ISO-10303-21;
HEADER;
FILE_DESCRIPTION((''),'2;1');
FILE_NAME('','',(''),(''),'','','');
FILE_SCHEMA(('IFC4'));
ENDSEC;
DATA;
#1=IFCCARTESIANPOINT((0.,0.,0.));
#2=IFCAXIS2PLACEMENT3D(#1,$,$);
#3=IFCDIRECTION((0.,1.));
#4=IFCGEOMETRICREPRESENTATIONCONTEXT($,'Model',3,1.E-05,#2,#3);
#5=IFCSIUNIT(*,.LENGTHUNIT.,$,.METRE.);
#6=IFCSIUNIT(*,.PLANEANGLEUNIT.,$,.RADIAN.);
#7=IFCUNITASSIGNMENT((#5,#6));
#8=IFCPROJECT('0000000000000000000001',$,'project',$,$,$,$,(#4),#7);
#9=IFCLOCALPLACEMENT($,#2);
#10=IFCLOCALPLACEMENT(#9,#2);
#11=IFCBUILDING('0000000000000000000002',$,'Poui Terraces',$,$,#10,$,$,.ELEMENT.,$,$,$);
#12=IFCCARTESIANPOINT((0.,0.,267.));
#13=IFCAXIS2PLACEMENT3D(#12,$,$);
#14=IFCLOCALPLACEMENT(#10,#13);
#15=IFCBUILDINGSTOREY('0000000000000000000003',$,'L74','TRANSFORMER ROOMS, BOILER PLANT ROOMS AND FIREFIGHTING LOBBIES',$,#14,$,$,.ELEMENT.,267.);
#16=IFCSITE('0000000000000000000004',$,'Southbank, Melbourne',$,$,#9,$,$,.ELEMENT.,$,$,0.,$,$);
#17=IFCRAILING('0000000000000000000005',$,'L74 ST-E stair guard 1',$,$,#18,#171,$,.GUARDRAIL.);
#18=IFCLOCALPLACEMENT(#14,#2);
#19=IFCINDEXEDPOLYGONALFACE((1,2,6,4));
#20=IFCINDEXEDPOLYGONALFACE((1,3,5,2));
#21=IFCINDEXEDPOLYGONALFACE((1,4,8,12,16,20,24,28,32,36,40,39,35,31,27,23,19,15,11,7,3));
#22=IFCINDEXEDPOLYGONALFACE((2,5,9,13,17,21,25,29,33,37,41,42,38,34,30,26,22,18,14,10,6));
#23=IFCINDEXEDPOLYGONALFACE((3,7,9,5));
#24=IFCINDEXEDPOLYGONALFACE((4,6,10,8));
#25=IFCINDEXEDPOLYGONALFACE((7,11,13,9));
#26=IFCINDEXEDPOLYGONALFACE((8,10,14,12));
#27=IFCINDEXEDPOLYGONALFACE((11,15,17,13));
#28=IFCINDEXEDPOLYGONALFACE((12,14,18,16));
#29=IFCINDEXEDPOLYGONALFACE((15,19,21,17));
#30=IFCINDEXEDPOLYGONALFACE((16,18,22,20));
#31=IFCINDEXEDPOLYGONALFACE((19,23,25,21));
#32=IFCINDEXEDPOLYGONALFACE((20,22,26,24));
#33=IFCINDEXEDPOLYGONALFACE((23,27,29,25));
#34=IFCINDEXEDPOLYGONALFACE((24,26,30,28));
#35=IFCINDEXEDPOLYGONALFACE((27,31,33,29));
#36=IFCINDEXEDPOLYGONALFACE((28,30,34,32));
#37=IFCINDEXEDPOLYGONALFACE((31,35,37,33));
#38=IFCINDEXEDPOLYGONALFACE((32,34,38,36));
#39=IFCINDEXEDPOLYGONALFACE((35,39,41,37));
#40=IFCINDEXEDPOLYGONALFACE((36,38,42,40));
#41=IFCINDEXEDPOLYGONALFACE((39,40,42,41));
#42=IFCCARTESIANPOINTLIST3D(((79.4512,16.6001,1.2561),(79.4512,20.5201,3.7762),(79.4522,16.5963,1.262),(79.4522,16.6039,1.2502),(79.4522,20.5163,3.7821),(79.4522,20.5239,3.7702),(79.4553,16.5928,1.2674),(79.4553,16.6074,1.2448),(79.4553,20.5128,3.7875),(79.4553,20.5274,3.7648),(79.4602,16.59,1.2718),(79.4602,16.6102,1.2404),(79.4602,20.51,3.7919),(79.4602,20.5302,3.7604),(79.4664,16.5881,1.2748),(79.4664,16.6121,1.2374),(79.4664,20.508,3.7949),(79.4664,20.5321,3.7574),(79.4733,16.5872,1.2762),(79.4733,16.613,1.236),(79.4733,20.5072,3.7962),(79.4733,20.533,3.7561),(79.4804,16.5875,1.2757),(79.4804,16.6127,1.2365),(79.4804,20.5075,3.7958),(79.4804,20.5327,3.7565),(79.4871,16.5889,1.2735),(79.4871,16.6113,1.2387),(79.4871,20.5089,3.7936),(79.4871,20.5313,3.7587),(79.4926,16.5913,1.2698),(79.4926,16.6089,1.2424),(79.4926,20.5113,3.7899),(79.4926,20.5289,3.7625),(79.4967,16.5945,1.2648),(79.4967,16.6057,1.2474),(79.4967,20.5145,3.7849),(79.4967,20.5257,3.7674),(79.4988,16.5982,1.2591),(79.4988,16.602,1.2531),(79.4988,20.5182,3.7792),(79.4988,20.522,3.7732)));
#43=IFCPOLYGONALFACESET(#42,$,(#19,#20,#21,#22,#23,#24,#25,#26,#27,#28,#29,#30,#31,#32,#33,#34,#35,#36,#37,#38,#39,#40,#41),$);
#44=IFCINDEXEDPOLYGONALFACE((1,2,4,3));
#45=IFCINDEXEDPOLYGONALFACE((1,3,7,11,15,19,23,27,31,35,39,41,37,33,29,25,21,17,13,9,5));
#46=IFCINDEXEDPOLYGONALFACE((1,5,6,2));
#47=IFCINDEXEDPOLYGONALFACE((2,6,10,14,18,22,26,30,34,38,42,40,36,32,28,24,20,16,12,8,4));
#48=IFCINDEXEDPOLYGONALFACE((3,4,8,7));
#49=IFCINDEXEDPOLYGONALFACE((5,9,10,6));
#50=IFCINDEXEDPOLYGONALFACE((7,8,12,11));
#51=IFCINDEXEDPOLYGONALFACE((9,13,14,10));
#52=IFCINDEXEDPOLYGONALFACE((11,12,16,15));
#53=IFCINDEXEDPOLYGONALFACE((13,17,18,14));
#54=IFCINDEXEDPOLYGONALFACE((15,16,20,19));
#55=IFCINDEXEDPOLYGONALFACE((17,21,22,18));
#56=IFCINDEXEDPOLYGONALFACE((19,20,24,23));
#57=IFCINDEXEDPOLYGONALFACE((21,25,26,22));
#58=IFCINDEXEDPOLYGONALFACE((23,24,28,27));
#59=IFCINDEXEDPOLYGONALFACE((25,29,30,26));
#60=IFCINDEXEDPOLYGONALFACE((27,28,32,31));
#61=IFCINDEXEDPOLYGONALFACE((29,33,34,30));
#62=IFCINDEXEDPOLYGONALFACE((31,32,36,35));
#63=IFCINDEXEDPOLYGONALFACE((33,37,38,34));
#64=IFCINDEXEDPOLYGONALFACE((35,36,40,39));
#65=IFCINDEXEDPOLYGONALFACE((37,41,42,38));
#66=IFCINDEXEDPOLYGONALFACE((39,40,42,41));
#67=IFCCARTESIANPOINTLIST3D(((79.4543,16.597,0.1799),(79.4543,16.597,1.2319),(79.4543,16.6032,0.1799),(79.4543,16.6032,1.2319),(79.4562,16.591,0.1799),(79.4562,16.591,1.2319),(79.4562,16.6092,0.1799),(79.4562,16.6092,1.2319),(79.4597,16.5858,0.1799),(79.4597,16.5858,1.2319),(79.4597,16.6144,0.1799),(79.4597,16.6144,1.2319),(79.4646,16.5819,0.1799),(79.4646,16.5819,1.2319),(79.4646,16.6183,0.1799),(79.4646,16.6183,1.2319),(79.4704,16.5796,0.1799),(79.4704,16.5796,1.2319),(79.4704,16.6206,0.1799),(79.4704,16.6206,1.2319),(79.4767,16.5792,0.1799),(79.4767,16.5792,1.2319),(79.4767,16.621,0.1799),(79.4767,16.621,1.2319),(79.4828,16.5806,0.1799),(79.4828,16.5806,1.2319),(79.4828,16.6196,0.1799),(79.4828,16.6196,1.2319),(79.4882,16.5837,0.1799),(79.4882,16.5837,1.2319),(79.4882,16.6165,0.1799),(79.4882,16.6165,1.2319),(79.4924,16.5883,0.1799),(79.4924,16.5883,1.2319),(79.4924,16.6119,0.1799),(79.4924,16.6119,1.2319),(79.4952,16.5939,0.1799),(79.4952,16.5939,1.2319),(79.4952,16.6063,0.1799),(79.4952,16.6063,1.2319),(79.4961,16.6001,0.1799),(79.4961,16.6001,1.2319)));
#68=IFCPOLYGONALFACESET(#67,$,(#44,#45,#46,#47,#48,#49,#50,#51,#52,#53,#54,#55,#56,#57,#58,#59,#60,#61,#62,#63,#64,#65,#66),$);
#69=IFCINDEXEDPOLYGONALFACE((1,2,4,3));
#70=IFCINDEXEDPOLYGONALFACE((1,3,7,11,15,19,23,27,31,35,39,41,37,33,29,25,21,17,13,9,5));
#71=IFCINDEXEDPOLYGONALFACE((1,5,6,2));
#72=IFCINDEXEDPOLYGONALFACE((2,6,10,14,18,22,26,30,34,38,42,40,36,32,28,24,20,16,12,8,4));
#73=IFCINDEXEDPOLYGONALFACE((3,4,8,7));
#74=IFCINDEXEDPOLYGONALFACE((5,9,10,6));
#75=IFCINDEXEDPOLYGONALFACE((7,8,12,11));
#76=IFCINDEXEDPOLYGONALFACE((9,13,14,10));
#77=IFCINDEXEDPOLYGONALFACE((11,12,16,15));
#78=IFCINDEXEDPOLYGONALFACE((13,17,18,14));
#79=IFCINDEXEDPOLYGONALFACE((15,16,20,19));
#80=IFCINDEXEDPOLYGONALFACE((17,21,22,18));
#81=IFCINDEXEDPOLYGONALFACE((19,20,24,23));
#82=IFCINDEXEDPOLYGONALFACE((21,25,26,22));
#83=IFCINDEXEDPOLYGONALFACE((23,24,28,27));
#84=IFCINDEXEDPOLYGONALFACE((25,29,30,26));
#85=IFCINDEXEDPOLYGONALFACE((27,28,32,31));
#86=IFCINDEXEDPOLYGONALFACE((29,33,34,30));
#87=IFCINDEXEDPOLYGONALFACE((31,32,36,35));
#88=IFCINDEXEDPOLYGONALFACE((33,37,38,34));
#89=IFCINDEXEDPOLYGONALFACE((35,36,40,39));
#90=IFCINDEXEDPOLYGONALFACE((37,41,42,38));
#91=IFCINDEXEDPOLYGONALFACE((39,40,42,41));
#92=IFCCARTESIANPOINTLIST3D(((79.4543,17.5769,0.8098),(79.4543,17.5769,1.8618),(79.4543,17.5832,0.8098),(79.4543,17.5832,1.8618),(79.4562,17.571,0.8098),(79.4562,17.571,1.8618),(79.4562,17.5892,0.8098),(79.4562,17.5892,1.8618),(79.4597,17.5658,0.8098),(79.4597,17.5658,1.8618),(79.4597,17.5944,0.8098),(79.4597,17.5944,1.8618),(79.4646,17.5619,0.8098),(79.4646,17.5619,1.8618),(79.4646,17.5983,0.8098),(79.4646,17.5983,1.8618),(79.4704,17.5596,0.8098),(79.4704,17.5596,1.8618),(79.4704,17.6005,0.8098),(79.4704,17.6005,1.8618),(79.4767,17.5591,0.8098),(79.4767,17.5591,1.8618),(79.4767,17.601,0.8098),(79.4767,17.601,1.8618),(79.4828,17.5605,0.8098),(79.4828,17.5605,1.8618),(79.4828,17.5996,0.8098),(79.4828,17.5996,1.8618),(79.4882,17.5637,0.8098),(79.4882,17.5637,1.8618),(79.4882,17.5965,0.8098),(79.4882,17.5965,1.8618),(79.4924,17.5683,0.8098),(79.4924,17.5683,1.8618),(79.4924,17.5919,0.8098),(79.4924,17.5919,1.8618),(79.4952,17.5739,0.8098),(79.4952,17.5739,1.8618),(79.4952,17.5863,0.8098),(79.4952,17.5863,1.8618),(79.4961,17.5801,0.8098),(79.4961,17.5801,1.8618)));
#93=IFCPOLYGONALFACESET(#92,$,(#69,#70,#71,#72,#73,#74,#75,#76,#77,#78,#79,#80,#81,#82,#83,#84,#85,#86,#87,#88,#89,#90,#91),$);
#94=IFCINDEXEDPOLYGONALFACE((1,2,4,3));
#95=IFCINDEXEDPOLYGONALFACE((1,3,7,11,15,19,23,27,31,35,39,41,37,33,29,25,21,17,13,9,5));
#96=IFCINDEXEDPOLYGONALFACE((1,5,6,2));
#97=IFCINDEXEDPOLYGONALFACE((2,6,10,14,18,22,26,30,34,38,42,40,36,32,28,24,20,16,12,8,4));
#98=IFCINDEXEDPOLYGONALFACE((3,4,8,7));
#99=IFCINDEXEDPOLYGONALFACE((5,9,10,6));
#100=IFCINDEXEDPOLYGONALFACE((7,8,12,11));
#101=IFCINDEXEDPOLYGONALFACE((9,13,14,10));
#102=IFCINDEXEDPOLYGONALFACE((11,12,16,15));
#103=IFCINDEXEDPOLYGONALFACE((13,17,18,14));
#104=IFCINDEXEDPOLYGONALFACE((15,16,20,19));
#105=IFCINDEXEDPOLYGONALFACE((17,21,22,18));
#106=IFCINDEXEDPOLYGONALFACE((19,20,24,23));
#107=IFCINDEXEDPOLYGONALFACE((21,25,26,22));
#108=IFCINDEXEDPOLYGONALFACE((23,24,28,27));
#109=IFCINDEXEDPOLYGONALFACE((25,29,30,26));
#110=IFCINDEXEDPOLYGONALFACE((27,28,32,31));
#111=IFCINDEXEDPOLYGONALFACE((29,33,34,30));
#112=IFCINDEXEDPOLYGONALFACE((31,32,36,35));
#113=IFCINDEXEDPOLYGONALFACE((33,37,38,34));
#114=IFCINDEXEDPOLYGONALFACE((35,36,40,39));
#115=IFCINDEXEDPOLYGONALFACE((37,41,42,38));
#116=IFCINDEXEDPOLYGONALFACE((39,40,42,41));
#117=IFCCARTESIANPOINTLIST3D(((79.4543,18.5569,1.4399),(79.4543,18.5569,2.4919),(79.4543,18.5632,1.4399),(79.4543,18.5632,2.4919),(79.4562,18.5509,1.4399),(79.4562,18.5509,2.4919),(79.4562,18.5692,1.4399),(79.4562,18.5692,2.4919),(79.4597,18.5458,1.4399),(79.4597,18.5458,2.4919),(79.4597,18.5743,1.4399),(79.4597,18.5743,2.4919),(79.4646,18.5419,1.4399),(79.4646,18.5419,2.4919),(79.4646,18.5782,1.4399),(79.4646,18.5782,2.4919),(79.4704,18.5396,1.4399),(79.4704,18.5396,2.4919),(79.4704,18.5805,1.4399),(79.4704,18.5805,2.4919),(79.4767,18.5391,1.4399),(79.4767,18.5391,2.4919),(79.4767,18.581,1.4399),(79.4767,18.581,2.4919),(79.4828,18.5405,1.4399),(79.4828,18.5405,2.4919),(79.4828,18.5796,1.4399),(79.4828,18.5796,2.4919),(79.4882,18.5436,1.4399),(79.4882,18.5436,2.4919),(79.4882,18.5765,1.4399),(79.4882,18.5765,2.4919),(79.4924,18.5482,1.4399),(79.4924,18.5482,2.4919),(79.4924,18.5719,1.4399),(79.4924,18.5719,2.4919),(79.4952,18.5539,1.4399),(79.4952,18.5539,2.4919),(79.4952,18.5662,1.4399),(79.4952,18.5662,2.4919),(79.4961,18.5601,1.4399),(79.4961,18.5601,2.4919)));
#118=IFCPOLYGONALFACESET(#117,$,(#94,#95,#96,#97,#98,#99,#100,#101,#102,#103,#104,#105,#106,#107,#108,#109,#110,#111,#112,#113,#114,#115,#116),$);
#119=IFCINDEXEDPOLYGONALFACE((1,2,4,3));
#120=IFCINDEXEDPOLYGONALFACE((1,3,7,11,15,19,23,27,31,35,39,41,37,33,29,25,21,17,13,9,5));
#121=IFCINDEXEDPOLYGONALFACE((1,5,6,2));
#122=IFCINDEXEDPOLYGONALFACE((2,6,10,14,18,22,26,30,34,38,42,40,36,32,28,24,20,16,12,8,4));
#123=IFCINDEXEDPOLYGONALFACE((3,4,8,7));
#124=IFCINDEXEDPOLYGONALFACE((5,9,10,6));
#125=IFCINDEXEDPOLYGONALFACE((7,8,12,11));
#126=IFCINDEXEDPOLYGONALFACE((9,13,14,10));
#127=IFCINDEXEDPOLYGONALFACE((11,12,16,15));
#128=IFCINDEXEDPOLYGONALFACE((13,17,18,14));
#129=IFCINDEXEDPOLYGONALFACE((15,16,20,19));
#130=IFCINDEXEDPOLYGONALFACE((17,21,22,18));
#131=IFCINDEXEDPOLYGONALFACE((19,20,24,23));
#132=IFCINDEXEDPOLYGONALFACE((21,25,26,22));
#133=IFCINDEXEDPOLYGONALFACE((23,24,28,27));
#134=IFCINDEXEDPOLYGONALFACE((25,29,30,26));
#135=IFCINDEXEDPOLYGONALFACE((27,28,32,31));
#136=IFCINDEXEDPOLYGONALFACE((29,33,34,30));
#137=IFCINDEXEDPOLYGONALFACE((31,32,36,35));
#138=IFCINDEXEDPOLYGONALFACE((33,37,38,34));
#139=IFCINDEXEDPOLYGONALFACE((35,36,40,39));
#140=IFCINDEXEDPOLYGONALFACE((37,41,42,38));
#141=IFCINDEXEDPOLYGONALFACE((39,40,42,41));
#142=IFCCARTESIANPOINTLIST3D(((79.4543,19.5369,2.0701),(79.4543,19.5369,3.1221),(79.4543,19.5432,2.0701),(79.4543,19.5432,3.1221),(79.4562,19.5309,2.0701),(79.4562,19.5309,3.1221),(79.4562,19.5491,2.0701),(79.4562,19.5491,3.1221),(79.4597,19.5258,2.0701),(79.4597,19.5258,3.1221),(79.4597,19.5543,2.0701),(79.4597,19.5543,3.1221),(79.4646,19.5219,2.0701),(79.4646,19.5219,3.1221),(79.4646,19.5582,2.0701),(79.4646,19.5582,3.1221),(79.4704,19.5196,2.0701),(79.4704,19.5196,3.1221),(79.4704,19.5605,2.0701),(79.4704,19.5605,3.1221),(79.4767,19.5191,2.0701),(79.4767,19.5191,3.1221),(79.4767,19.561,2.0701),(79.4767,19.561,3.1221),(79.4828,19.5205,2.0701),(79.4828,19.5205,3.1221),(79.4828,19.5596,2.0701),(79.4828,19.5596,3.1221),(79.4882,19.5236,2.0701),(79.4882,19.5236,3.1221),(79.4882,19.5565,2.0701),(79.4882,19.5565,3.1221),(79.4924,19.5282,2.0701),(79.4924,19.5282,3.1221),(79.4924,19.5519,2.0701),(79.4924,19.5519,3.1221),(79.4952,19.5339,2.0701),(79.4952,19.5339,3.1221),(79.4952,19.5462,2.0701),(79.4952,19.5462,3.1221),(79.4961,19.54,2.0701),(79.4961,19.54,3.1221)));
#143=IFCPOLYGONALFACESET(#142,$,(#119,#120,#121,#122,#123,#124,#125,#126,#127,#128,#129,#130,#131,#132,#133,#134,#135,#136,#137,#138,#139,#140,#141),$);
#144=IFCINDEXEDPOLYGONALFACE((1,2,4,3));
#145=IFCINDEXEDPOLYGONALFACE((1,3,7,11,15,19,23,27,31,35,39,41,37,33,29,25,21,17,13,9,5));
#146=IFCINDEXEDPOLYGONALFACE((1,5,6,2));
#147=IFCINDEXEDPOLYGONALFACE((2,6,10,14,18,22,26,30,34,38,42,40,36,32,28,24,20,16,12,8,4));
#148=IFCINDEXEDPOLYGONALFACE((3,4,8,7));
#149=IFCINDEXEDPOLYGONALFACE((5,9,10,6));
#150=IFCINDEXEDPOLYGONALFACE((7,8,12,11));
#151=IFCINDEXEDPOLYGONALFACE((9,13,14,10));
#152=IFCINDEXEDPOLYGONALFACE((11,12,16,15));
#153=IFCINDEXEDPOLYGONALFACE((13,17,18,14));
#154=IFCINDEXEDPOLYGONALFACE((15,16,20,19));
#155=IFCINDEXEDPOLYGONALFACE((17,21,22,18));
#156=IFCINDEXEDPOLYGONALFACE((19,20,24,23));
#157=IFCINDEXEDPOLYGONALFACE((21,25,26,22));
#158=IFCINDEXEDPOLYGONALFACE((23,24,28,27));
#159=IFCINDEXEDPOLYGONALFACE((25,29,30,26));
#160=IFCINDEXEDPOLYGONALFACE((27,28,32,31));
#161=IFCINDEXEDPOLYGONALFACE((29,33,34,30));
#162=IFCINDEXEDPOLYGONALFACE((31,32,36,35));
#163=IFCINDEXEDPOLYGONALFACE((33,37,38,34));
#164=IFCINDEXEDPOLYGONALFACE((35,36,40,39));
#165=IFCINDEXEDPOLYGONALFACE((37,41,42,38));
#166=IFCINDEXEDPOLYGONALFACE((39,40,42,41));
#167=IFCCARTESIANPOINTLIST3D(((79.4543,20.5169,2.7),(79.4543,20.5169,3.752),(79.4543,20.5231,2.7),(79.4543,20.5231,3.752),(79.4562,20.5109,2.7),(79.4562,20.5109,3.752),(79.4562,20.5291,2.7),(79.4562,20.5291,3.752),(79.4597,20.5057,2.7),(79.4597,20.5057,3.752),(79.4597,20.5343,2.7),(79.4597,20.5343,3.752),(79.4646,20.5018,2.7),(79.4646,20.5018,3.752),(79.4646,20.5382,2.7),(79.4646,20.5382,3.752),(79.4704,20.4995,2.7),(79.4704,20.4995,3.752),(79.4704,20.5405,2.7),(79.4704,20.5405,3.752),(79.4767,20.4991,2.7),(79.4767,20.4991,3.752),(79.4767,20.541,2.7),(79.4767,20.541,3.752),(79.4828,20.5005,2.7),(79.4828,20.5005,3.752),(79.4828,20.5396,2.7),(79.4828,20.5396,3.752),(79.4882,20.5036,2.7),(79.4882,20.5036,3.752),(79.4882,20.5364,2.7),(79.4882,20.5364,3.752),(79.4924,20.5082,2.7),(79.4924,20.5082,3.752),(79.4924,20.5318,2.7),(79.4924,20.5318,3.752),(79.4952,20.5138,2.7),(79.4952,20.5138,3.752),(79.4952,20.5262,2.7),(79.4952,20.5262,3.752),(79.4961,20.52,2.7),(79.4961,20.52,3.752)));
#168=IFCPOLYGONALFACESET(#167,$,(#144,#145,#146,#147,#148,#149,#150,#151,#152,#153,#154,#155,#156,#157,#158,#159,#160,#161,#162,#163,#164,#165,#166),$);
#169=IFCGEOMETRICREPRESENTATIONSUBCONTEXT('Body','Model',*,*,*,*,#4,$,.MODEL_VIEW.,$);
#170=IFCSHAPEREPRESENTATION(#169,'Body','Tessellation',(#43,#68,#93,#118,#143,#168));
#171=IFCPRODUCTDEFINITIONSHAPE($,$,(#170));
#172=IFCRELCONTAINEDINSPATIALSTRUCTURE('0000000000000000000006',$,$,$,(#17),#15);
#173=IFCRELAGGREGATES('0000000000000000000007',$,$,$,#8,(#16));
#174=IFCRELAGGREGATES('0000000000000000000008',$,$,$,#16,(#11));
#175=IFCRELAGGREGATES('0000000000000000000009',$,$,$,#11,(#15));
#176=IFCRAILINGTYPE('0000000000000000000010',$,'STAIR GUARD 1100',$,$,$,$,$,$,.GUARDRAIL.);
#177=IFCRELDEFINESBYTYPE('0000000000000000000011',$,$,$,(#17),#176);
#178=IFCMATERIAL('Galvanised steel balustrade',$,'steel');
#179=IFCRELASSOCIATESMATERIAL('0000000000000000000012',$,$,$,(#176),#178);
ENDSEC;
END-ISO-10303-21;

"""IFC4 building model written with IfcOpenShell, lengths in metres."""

from ifc_helpers import new_model, si_unit, direction, frame, origin, origin_2d, place, context, subcontext, project, spatial, circle, extrude, material, type_object, element, save


model = new_model("IFC4")

# Units and contexts
model_context = context("Model", 3, precision=1e-05, world=origin(), true_north=direction((0.0, 1.0)))
body_context = subcontext(model_context, "Body", "Model", "MODEL_VIEW")
ifc_project = project(units=[si_unit("LENGTHUNIT", "METRE"), si_unit("PLANEANGLEUNIT", "RADIAN")], contexts=[model_context])

# Site, building, storey
site_placement = place(None, origin())
site = spatial("IfcSite", under=ifc_project, at=site_placement, Name="Southbank, Melbourne", CompositionType="ELEMENT", RefElevation=0.0)
building_placement = place(site_placement, origin())
building = spatial("IfcBuilding", under=site, at=building_placement, Name="Poui Terraces", CompositionType="ELEMENT")
storey_placement = place(building_placement, frame((0.0, 0.0, 267.0)))
storey = spatial("IfcBuildingStorey", under=building, at=storey_placement, Name="L74", Description="TRANSFORMER ROOMS, BOILER PLANT ROOMS AND FIREFIGHTING LOBBIES", CompositionType="ELEMENT", Elevation=267.0)

# Railing
ifc_material_1 = material(Name="Galvanised steel balustrade", Category="steel")
railing_type_1 = type_object("IfcRailingType", Name="STAIR GUARD 1100", PredefinedType="GUARDRAIL", material=ifc_material_1)
railing_1_placement = place(storey_placement, frame((79.4751, 16.6001, 0.1799)))
element("IfcRailing", 1, at=railing_1_placement, inside=storey, type_object=railing_type_1, Name="L74 ST-E stair guard 1", PredefinedType="GUARDRAIL", context=body_context, shape_type="SweptSolid", body=[
    extrude(circle(Radius=0.0239, at=origin_2d()), frame((0.0, 0.0, 1.0762), z_axis=(0.0, 0.841172, 0.540768), x_axis=(-1.0, 0.0, 0.0)), (0.0, 0.0, 1.0), 4.6602),
    extrude(circle(Radius=0.021, at=origin_2d()), origin(), (0.0, 0.0, 1.0), 1.052),
    extrude(circle(Radius=0.021, at=origin_2d()), frame((0.0, 0.98, 0.6299)), (0.0, 0.0, 1.0), 1.052),
    extrude(circle(Radius=0.021, at=origin_2d()), frame((0.0, 1.96, 1.26)), (0.0, 0.0, 1.0), 1.052),
    extrude(circle(Radius=0.021, at=origin_2d()), frame((0.0, 2.9399, 1.8901)), (0.0, 0.0, 1.0), 1.052),
    extrude(circle(Radius=0.021, at=origin_2d()), frame((0.0, 3.9199, 2.52)), (0.0, 0.0, 1.0), 1.052),
])

save(model, "model.ifc")
